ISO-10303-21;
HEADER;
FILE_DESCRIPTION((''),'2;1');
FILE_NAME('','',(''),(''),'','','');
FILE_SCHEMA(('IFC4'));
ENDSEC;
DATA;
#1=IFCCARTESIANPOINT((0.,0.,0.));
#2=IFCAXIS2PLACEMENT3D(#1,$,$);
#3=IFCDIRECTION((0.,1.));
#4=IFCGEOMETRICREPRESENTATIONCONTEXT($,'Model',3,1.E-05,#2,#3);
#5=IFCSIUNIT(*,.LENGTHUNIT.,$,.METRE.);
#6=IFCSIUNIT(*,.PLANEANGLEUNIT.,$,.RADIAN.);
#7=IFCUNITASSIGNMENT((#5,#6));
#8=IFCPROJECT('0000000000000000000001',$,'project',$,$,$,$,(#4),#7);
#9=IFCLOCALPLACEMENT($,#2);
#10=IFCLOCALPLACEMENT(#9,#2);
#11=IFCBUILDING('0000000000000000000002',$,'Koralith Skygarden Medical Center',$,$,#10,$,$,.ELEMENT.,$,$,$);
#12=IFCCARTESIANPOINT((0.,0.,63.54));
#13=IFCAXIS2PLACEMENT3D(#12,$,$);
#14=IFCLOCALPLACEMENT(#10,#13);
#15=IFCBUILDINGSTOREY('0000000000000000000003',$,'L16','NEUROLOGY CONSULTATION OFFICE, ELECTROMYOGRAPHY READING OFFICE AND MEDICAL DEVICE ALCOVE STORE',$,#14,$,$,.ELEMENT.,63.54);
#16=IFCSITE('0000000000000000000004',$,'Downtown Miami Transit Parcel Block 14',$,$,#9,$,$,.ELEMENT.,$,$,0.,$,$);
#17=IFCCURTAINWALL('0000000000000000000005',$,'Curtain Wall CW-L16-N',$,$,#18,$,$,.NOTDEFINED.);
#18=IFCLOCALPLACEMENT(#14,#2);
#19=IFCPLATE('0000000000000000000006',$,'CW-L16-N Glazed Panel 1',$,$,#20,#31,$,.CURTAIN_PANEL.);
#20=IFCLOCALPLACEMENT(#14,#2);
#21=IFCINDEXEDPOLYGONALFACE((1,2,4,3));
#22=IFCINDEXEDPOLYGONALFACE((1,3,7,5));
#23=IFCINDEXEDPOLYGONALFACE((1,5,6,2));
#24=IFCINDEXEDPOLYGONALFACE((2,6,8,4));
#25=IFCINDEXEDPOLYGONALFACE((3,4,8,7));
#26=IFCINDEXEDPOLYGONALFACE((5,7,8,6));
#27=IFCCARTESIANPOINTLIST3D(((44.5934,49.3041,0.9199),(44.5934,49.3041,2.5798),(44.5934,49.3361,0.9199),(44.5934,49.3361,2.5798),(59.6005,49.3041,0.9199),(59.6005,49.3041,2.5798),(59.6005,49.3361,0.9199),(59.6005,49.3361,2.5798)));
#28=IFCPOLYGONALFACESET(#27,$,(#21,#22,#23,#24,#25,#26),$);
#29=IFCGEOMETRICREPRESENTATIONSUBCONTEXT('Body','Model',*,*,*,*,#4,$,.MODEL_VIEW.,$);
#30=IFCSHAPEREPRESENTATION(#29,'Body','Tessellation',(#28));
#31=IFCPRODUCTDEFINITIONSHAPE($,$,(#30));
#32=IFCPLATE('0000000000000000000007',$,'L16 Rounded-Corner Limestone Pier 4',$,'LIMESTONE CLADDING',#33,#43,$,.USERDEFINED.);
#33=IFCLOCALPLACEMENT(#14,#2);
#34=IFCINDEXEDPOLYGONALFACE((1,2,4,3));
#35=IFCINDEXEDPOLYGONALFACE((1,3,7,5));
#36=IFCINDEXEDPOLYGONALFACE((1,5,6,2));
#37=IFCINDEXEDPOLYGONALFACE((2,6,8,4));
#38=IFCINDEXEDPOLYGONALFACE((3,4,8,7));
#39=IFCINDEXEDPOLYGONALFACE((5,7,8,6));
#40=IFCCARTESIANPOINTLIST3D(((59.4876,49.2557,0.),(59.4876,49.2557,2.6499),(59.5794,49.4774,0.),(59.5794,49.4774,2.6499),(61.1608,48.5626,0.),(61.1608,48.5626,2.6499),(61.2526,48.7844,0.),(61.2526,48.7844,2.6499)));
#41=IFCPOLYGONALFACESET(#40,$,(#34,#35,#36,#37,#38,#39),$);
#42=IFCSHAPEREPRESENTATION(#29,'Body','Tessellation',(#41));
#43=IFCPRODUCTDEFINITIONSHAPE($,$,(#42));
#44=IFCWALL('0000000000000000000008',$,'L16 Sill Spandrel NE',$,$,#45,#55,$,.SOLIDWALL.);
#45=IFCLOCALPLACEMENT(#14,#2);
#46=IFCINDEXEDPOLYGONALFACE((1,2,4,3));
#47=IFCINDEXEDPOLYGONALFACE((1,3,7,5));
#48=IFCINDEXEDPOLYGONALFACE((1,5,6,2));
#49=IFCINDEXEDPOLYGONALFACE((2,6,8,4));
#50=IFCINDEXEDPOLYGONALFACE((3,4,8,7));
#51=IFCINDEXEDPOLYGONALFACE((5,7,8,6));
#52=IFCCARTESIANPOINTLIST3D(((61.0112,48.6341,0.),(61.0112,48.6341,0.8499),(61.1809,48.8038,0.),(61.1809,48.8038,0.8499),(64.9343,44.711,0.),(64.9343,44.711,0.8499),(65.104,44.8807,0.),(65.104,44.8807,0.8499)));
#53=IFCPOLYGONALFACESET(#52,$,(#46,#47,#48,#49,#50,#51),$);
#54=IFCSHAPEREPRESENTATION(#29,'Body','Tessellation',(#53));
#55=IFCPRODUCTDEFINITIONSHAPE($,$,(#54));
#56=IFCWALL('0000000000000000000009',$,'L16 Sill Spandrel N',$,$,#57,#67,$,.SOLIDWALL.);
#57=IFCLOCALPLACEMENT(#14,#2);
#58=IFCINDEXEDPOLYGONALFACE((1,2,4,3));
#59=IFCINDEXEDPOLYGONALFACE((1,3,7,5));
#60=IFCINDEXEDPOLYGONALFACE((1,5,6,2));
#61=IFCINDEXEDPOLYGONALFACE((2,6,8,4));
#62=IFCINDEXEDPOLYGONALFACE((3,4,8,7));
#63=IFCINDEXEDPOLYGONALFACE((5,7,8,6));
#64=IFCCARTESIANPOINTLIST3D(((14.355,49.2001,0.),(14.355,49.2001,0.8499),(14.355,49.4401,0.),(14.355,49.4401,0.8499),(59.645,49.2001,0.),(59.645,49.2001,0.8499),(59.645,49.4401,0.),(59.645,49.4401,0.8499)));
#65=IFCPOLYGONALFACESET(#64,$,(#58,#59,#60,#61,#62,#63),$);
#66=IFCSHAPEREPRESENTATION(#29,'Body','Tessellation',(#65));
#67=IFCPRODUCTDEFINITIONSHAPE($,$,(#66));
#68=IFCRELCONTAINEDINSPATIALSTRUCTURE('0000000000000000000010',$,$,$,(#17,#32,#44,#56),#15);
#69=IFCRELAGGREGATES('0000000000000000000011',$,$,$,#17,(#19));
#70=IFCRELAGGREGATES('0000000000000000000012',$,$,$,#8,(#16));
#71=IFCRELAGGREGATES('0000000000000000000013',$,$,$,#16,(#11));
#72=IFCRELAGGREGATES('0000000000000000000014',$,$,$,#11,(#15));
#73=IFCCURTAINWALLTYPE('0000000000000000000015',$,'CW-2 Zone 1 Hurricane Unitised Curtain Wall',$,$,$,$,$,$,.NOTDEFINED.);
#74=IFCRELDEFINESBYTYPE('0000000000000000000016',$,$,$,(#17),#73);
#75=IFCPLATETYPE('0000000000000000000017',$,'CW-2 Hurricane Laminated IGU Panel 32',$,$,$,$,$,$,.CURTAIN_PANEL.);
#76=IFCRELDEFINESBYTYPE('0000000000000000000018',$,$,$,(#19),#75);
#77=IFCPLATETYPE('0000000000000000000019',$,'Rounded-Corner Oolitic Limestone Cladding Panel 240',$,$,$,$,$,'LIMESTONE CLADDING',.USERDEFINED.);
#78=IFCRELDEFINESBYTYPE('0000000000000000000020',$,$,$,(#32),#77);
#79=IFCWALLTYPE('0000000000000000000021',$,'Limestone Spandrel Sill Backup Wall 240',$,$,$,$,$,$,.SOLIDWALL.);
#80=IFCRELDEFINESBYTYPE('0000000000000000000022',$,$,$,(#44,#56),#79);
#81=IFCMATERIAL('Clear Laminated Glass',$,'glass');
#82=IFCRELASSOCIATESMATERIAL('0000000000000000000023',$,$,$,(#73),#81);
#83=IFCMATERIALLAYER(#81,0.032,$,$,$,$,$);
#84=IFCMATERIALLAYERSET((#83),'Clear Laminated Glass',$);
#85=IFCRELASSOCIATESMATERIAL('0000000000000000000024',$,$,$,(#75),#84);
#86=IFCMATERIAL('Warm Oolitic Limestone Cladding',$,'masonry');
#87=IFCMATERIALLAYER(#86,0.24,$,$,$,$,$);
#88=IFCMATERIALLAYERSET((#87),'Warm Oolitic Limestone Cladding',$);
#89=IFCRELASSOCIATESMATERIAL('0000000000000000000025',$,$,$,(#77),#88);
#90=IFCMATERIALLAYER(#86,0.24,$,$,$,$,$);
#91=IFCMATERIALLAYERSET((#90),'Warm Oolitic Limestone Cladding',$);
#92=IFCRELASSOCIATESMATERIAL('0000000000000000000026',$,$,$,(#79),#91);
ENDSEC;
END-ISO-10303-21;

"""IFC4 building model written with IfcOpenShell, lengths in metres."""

from ifc_helpers import new_model, si_unit, direction, frame, frame_2d, origin, origin_2d, place, context, subcontext, project, spatial, rectangle, extrude, material, layer, layer_set, type_object, element, aggregate, save


model = new_model("IFC4")

# Units and contexts
model_context = context("Model", 3, precision=1e-05, world=origin(), true_north=direction((0.0, 1.0)))
body_context = subcontext(model_context, "Body", "Model", "MODEL_VIEW")
ifc_project = project(units=[si_unit("LENGTHUNIT", "METRE"), si_unit("PLANEANGLEUNIT", "RADIAN")], contexts=[model_context])

# Site, building, storey
site_placement = place(None, origin())
site = spatial("IfcSite", under=ifc_project, at=site_placement, Name="Downtown Miami Transit Parcel Block 14", CompositionType="ELEMENT", RefElevation=0.0)
building_placement = place(site_placement, origin())
building = spatial("IfcBuilding", under=site, at=building_placement, Name="Koralith Skygarden Medical Center", CompositionType="ELEMENT")
storey_placement = place(building_placement, frame((0.0, 0.0, 63.54)))
storey = spatial("IfcBuildingStorey", under=building, at=storey_placement, Name="L16", Description="NEUROLOGY CONSULTATION OFFICE, ELECTROMYOGRAPHY READING OFFICE AND MEDICAL DEVICE ALCOVE STORE", CompositionType="ELEMENT", Elevation=63.54)

# Shared definitions
ifc_material_1 = material(Name="Clear Laminated Glass", Category="glass")
curtain_wall_type = type_object("IfcCurtainWallType", Name="CW-2 Zone 1 Hurricane Unitised Curtain Wall", PredefinedType="NOTDEFINED", material=ifc_material_1)

# Curtain wall
curtain_wall_1_placement = place(storey_placement, origin())
curtain_wall_1 = element("IfcCurtainWall", 1, at=curtain_wall_1_placement, inside=storey, type_object=curtain_wall_type, Name="Curtain Wall CW-L16-N", PredefinedType="NOTDEFINED")

# Plates
ifc_layer_1 = layer(ifc_material_1, 0.032)
ifc_layer_set_1 = layer_set([ifc_layer_1], Name="Clear Laminated Glass")
plate_type_1 = type_object("IfcPlateType", Name="CW-2 Hurricane Laminated IGU Panel 32", PredefinedType="CURTAIN_PANEL", material=ifc_layer_set_1)
plate_1_placement = place(storey_placement, frame((52.0969, 49.3201, 0.9199), z_axis=(0.0, 0.0, 1.0), x_axis=(-1.0, 0.0, 0.0)))
plate_1 = element("IfcPlate", 2, at=plate_1_placement, type_object=plate_type_1, Name="CW-L16-N Glazed Panel 1", PredefinedType="CURTAIN_PANEL", context=body_context, shape_type="SweptSolid", body=[
    extrude(rectangle(XDim=15.0071, YDim=0.032, at=origin_2d()), origin(), (0.0, 0.0, 1.0), 1.6599),
])
aggregate(curtain_wall_1, [plate_1])
ifc_material_2 = material(Name="Warm Oolitic Limestone Cladding", Category="masonry")
ifc_layer_2 = layer(ifc_material_2, 0.24)
ifc_layer_set_2 = layer_set([ifc_layer_2], Name="Warm Oolitic Limestone Cladding")
plate_type_2 = type_object("IfcPlateType", Name="Rounded-Corner Oolitic Limestone Cladding Panel 240", ElementType="LIMESTONE CLADDING", PredefinedType="USERDEFINED", material=ifc_layer_set_2)
plate_2_placement = place(storey_placement, frame((60.3701, 49.02, 0.0), z_axis=(0.0, 0.0, 1.0), x_axis=(-0.923885, 0.382671, 0.0)))
element("IfcPlate", 3, at=plate_2_placement, inside=storey, type_object=plate_type_2, Name="L16 Rounded-Corner Limestone Pier 4", ObjectType="LIMESTONE CLADDING", PredefinedType="USERDEFINED", context=body_context, shape_type="SweptSolid", body=[
    extrude(rectangle(XDim=1.811, YDim=0.24, at=origin_2d()), origin(), (0.0, 0.0, 1.0), 2.6499),
])

# Walls
ifc_layer_3 = layer(ifc_material_2, 0.24)
ifc_layer_set_3 = layer_set([ifc_layer_3], Name="Warm Oolitic Limestone Cladding")
wall_type = type_object("IfcWallType", Name="Limestone Spandrel Sill Backup Wall 240", PredefinedType="SOLIDWALL", material=ifc_layer_set_3)
wall_1_placement = place(storey_placement, frame((65.019, 44.7959, 0.0), z_axis=(0.0, 0.0, 1.0), x_axis=(-0.707107, 0.707107, 0.0)))
element("IfcWall", 4, at=wall_1_placement, inside=storey, type_object=wall_type, Name="L16 Sill Spandrel NE", PredefinedType="SOLIDWALL", context=body_context, shape_type="SweptSolid", body=[
    extrude(rectangle(XDim=5.5481, YDim=0.24, at=frame_2d((2.7739, 0.0))), origin(), (0.0, 0.0, 1.0), 0.8499),
])
wall_2_placement = place(storey_placement, frame((59.645, 49.3201, 0.0), z_axis=(0.0, 0.0, 1.0), x_axis=(-1.0, 0.0, 0.0)))
element("IfcWall", 5, at=wall_2_placement, inside=storey, type_object=wall_type, Name="L16 Sill Spandrel N", PredefinedType="SOLIDWALL", context=body_context, shape_type="SweptSolid", body=[
    extrude(rectangle(XDim=45.29, YDim=0.24, at=frame_2d((22.645, 0.0))), origin(), (0.0, 0.0, 1.0), 0.8499),
])

save(model, "model.ifc")
